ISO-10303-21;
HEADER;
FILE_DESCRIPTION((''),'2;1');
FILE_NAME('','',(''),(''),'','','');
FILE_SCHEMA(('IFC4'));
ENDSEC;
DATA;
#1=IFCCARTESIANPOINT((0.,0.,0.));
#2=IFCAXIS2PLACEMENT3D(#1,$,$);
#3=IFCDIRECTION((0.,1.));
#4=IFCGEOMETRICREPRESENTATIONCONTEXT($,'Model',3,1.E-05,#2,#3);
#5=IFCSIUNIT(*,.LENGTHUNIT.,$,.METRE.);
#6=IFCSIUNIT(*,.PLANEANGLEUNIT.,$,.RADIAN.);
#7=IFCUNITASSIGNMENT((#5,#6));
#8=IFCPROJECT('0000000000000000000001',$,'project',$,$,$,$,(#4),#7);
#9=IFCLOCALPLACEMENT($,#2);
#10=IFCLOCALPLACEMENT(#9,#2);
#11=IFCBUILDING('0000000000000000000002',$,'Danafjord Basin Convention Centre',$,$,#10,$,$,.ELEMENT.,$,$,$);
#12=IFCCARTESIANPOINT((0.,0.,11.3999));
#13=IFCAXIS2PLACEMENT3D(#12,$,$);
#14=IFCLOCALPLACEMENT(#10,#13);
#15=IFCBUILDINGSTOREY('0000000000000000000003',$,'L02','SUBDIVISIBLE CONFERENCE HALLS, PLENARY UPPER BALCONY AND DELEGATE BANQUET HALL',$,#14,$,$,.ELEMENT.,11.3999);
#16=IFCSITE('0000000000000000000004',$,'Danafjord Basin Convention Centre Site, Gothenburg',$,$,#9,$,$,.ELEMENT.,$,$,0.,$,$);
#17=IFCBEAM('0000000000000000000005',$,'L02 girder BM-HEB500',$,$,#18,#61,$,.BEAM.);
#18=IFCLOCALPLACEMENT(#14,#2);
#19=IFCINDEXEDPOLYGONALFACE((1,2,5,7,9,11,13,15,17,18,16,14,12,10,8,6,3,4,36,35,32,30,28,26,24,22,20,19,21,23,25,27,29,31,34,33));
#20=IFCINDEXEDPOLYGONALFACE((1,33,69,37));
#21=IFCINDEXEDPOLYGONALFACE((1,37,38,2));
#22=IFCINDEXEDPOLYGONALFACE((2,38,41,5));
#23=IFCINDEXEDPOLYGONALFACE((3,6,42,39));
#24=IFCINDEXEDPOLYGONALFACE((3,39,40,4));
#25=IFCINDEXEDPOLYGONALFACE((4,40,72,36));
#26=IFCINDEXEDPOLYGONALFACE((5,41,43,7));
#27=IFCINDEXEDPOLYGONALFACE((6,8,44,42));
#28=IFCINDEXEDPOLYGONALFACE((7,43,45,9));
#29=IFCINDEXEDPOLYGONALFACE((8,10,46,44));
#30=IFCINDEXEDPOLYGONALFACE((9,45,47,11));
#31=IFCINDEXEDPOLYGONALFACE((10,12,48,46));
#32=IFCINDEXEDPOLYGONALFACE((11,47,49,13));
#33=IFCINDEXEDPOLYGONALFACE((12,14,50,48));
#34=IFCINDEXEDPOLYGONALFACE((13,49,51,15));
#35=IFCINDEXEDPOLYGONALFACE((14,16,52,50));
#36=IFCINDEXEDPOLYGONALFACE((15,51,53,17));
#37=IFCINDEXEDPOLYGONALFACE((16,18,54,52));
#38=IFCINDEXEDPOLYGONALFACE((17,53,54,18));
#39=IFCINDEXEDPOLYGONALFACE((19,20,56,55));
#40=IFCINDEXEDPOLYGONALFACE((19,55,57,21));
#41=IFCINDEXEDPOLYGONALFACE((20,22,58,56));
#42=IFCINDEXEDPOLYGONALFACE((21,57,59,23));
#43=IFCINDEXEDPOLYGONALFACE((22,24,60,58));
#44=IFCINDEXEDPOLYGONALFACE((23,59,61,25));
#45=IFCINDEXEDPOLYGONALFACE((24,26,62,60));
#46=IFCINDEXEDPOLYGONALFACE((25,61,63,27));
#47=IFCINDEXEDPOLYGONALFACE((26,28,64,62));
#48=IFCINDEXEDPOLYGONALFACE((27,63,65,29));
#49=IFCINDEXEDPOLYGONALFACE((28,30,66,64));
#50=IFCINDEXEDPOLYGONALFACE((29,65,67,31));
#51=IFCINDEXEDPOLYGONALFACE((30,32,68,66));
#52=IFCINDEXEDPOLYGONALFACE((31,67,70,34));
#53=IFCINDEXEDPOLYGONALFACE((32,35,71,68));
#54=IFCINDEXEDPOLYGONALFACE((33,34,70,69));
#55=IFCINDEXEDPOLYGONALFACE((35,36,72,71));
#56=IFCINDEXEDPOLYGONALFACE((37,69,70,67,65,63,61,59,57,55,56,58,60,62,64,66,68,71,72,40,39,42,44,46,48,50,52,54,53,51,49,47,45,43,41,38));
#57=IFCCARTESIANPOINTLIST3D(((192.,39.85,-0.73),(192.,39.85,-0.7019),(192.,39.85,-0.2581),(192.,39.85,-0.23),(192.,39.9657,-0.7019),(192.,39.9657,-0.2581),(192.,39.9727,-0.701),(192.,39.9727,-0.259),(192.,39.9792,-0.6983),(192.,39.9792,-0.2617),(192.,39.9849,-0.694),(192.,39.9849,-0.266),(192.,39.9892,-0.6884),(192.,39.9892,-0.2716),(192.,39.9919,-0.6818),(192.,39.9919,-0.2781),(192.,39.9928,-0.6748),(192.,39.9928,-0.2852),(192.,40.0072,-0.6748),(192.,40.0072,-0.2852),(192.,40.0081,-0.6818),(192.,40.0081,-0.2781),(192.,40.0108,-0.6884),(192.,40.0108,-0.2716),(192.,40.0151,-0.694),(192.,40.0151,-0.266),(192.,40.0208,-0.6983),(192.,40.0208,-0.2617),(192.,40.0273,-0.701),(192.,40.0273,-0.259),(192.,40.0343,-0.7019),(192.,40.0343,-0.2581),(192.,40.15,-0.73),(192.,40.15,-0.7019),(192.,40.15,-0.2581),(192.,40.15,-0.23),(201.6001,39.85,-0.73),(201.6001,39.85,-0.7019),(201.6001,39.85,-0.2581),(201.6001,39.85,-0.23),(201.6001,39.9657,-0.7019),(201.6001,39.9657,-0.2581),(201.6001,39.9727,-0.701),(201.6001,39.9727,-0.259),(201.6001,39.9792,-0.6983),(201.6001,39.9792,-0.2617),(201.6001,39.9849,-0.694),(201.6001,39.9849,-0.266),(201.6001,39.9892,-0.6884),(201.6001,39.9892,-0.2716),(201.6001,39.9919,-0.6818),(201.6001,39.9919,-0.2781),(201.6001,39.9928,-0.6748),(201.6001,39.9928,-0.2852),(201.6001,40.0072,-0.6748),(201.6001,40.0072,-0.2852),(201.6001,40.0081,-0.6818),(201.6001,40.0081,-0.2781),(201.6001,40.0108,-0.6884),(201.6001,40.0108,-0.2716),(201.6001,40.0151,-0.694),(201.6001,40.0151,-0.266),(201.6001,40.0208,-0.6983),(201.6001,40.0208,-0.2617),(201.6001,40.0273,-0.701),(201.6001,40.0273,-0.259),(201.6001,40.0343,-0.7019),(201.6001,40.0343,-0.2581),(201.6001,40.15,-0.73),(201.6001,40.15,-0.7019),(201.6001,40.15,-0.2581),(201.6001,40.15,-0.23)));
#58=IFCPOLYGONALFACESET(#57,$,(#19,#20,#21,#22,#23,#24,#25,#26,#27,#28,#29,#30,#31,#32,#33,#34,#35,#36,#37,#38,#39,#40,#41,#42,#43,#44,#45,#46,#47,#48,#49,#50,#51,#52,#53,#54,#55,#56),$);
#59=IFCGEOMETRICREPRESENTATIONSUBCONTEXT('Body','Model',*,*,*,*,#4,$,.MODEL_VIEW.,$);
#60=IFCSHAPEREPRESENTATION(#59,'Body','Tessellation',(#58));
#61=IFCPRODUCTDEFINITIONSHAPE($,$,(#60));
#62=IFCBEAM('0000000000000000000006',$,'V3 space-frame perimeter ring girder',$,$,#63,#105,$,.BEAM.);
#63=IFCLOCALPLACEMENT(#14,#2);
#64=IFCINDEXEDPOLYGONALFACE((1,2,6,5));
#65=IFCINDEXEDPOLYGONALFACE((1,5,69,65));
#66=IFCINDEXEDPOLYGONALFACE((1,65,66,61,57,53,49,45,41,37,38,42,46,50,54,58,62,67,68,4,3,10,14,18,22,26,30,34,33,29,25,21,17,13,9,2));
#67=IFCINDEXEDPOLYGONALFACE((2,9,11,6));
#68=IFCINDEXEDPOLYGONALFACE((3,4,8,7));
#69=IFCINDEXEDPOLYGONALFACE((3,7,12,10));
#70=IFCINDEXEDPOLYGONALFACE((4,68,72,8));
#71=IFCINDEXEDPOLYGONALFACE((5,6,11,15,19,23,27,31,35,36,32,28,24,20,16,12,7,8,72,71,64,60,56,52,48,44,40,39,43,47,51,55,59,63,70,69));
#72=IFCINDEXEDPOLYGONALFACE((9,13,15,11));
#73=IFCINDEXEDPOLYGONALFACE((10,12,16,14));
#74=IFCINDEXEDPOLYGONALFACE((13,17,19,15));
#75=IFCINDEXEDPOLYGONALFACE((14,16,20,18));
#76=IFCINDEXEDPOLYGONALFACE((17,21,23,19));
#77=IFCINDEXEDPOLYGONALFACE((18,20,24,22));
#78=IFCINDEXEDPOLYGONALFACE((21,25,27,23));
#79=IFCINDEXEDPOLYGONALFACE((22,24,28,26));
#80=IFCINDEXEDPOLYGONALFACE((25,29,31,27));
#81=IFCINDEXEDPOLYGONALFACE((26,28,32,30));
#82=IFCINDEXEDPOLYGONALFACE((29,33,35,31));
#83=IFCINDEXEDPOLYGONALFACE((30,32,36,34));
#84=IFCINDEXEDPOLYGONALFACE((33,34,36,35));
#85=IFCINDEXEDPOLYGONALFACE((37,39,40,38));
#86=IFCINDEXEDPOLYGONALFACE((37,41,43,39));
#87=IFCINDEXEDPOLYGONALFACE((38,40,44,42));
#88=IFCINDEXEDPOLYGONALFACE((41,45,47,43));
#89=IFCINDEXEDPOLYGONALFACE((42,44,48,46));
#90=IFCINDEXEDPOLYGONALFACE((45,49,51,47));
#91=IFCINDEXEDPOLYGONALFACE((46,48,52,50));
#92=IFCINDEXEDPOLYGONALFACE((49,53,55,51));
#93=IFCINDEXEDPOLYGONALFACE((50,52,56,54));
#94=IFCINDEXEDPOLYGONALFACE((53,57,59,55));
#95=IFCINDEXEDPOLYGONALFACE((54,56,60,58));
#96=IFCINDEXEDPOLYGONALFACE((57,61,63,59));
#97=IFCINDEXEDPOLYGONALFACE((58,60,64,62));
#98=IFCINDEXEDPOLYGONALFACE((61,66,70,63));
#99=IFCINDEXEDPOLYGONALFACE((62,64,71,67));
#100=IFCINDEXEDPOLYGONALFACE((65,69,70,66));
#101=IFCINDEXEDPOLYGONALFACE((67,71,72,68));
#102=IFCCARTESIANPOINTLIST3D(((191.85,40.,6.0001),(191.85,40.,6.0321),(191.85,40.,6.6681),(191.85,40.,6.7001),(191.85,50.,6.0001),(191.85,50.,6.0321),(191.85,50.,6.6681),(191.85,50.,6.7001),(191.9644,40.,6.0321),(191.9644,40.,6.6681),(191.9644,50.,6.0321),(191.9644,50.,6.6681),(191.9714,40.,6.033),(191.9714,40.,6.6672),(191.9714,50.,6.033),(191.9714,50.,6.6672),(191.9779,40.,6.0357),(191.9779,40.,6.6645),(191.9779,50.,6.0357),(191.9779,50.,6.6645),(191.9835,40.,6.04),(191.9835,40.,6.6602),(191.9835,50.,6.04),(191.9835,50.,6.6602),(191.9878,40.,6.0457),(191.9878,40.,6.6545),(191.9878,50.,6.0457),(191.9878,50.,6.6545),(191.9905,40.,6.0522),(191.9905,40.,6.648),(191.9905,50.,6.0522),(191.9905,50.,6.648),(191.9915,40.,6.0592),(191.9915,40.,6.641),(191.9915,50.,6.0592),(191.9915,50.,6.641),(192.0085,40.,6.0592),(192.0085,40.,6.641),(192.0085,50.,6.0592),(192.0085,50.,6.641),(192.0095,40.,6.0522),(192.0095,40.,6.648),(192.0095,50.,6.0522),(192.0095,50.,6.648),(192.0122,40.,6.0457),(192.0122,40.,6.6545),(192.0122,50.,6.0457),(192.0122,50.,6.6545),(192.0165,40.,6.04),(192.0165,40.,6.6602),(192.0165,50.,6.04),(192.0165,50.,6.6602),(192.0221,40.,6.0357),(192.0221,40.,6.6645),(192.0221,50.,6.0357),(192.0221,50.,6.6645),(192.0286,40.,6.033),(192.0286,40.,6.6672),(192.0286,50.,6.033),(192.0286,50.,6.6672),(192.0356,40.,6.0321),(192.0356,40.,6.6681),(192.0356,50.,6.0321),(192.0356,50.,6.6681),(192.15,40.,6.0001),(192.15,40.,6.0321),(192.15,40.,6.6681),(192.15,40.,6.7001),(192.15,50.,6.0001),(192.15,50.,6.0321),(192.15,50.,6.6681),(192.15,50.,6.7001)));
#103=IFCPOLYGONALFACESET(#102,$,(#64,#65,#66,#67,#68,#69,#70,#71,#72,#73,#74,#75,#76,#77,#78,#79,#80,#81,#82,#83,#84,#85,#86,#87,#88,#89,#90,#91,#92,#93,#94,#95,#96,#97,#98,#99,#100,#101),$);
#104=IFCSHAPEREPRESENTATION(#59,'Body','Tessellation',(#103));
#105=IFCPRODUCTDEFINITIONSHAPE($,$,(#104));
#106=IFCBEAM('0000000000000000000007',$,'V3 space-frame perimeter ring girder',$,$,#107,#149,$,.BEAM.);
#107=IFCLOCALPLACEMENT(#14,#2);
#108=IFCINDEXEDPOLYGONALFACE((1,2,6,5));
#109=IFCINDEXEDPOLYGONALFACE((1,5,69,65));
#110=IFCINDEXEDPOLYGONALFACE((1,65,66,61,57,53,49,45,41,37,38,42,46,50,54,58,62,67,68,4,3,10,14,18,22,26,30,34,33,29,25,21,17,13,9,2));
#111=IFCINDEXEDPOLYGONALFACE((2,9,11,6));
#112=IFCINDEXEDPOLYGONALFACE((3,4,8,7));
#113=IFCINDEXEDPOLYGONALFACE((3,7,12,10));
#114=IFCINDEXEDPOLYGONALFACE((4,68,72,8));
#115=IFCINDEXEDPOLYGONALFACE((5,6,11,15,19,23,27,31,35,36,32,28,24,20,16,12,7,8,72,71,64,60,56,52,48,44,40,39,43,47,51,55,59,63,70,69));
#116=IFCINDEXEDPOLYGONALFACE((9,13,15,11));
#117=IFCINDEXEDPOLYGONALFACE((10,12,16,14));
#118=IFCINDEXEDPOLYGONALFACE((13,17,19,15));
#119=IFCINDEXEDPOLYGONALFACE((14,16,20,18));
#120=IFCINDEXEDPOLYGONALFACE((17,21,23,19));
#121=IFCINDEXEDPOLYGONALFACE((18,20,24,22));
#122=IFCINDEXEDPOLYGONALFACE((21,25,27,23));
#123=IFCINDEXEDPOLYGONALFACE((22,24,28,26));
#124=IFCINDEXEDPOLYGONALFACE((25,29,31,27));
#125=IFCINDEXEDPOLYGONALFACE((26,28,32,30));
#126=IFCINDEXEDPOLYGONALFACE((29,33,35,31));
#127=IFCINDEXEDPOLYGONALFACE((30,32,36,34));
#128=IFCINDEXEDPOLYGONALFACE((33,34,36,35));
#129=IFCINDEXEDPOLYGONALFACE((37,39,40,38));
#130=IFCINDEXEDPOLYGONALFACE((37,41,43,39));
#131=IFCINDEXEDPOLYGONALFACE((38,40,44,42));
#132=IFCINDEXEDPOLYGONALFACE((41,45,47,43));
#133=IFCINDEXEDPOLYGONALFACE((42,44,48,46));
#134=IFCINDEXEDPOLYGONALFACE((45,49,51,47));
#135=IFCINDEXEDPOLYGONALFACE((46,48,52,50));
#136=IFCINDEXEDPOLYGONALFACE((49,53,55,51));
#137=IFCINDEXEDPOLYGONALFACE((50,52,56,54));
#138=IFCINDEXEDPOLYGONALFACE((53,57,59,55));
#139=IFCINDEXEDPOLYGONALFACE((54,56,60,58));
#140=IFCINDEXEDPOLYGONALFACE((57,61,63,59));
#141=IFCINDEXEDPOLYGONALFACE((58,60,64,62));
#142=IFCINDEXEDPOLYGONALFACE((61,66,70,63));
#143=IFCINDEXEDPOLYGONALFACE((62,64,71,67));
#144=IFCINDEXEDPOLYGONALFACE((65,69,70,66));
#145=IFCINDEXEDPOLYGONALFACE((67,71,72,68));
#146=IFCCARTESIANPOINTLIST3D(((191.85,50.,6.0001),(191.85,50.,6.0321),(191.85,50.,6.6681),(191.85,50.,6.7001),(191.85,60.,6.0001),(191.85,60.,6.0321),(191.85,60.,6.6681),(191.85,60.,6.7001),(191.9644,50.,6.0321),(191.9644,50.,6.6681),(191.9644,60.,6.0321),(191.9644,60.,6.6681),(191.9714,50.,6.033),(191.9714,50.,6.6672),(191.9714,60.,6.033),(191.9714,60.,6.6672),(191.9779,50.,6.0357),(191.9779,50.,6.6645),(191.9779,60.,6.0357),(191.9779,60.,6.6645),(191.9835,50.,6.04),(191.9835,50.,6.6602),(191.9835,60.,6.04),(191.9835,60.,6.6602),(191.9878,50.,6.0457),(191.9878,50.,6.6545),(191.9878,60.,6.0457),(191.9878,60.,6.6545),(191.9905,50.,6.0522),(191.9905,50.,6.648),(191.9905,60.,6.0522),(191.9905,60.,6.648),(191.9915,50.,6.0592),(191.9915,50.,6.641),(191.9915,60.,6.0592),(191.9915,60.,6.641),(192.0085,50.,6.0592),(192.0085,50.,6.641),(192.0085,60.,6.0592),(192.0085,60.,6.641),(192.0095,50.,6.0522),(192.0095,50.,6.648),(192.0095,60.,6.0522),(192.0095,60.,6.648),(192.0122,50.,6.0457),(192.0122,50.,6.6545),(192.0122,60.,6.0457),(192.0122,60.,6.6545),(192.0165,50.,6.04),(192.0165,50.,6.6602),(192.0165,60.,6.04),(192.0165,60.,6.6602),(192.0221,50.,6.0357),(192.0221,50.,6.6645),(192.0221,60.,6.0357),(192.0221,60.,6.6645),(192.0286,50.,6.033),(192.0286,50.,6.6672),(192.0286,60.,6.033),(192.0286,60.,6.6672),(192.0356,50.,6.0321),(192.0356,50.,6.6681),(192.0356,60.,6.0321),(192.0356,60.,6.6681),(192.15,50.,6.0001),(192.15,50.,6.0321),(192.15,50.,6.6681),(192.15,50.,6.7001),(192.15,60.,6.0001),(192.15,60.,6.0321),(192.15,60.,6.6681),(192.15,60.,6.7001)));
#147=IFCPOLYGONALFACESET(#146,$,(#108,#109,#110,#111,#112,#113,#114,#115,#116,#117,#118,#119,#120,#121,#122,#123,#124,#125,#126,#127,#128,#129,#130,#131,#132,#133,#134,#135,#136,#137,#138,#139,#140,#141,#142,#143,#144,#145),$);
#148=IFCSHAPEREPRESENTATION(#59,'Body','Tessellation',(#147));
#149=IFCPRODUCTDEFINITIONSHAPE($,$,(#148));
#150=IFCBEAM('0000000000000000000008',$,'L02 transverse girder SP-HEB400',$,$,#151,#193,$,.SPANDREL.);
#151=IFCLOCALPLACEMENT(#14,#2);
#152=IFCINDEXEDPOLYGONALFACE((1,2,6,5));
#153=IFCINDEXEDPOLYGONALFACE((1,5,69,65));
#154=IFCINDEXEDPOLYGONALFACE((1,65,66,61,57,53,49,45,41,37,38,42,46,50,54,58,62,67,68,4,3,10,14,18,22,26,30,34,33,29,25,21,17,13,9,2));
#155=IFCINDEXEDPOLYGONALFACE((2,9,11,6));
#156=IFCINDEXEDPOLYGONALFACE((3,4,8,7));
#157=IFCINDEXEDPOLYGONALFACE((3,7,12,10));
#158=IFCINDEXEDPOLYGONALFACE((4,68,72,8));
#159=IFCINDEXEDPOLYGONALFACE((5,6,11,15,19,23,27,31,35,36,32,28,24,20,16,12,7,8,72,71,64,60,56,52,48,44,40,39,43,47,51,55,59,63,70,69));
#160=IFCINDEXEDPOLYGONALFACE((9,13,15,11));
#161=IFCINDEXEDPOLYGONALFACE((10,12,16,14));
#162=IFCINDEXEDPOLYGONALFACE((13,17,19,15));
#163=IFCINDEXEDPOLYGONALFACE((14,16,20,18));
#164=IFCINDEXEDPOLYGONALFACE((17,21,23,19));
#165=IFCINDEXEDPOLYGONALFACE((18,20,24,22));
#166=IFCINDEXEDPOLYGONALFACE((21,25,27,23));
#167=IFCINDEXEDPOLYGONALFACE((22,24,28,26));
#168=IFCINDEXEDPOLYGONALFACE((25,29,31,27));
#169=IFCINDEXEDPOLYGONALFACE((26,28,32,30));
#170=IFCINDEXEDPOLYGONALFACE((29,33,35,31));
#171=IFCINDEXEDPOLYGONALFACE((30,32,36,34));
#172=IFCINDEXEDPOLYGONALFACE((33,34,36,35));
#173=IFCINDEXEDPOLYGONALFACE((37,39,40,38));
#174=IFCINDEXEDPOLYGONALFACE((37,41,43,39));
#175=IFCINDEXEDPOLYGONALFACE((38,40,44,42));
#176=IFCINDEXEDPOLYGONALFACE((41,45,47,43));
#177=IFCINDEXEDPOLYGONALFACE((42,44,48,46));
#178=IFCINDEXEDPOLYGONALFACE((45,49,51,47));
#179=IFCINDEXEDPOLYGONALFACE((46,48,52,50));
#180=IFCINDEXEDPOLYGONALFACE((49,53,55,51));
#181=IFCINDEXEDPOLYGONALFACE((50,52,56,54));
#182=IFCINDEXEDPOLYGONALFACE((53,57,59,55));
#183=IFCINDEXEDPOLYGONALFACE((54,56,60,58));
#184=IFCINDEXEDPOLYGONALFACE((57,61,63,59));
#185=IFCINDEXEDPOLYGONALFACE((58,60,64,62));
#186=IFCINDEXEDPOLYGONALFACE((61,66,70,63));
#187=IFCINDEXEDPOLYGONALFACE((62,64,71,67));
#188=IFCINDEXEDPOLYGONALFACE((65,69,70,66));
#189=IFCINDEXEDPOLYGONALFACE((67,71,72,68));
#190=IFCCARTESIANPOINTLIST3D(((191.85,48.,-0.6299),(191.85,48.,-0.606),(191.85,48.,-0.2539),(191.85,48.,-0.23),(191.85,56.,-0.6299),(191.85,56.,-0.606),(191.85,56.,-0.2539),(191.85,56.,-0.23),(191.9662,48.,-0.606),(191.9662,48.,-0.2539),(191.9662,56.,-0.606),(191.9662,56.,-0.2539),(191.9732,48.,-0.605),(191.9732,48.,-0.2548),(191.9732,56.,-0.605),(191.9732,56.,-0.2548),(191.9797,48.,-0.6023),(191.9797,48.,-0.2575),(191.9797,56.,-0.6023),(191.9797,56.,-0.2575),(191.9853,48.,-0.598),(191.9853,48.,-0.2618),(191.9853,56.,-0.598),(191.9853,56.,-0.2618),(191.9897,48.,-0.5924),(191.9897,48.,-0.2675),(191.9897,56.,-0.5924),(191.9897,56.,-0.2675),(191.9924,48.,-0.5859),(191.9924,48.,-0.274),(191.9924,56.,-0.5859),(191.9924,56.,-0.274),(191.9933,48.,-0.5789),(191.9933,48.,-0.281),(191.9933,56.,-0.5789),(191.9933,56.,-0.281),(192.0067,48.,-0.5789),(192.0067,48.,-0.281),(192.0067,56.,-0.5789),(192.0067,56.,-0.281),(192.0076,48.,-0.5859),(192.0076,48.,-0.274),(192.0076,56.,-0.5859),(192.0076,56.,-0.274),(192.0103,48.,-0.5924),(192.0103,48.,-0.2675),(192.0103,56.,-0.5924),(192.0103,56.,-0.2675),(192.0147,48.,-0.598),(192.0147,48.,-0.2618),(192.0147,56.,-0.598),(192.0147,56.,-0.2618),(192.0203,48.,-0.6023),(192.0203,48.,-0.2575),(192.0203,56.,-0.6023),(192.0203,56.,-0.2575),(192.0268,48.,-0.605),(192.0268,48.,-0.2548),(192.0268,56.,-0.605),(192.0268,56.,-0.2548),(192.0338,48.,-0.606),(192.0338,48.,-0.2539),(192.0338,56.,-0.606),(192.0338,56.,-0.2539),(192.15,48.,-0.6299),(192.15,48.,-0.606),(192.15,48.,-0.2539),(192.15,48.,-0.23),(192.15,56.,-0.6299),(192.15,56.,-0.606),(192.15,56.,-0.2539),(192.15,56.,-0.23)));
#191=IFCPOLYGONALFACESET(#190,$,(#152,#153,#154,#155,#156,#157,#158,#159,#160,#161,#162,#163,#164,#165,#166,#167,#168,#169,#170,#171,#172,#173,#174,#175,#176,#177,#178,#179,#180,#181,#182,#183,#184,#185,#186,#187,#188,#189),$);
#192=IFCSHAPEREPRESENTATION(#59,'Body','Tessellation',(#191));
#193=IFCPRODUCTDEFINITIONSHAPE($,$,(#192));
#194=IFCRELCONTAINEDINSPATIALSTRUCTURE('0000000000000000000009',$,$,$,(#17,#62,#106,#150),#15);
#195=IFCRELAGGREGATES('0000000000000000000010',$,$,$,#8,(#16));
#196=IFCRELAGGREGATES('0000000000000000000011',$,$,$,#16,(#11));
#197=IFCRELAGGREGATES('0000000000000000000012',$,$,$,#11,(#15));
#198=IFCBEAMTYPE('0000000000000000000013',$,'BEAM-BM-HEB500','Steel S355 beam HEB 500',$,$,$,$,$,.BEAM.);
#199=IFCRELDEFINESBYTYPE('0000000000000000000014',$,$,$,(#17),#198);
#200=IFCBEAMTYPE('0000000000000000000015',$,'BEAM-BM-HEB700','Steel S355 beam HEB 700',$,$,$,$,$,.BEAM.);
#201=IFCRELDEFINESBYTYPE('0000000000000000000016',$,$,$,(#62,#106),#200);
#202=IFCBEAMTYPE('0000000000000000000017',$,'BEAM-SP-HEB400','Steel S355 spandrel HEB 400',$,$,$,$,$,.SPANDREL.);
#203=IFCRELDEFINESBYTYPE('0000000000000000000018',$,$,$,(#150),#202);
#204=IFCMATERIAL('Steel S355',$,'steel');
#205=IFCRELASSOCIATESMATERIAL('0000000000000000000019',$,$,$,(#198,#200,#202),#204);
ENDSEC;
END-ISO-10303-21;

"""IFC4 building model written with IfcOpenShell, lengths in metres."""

from ifc_helpers import new_model, si_unit, direction, frame, origin, origin_2d, place, context, subcontext, project, spatial, i_section, extrude, material, material_profile, profile_set, type_object, element, save


model = new_model("IFC4")

# Units and contexts
model_context = context("Model", 3, precision=1e-05, world=origin(), true_north=direction((0.0, 1.0)))
body_context = subcontext(model_context, "Body", "Model", "MODEL_VIEW")
ifc_project = project(units=[si_unit("LENGTHUNIT", "METRE"), si_unit("PLANEANGLEUNIT", "RADIAN")], contexts=[model_context])

# Site, building, storey
site_placement = place(None, origin())
site = spatial("IfcSite", under=ifc_project, at=site_placement, Name="Danafjord Basin Convention Centre Site, Gothenburg", CompositionType="ELEMENT", RefElevation=0.0)
building_placement = place(site_placement, origin())
building = spatial("IfcBuilding", under=site, at=building_placement, Name="Danafjord Basin Convention Centre", CompositionType="ELEMENT")
storey_placement = place(building_placement, frame((0.0, 0.0, 11.3999)))
storey = spatial("IfcBuildingStorey", under=building, at=storey_placement, Name="L02", Description="SUBDIVISIBLE CONFERENCE HALLS, PLENARY UPPER BALCONY AND DELEGATE BANQUET HALL", CompositionType="ELEMENT", Elevation=11.3999)

# Shared definitions
ifc_material = material(Name="Steel S355", Category="steel")

# Beams
ifc_material_profile_1 = material_profile(ifc_material, i_section(OverallWidth=0.3, OverallDepth=0.5, WebThickness=0.0144, FlangeThickness=0.0281, FilletRadius=0.0271, at=origin_2d()), Name="HEB 500")
ifc_profile_set_1 = profile_set([ifc_material_profile_1], Name="Steel S355")
beam_type_1 = type_object("IfcBeamType", Name="BEAM-BM-HEB500", Description="Steel S355 beam HEB 500", PredefinedType="BEAM", material=ifc_profile_set_1)
beam_1_placement = place(storey_placement, frame((192.0, 40.0, -0.48), z_axis=(1.0, 0.0, 0.0), x_axis=(0.0, 1.0, 0.0)))
element("IfcBeam", 1, at=beam_1_placement, inside=storey, type_object=beam_type_1, Name="L02 girder BM-HEB500", PredefinedType="BEAM", context=body_context, shape_type="SweptSolid", body=[
    extrude(i_section(OverallWidth=0.3, OverallDepth=0.5, WebThickness=0.0144, FlangeThickness=0.0281, FilletRadius=0.0271, at=origin_2d()), origin(), (0.0, 0.0, 1.0), 9.6001),
])
ifc_material_profile_2 = material_profile(ifc_material, i_section(OverallWidth=0.3, OverallDepth=0.7, WebThickness=0.0171, FlangeThickness=0.032, FilletRadius=0.0271, at=origin_2d()), Name="HEB 700")
ifc_profile_set_2 = profile_set([ifc_material_profile_2], Name="Steel S355")
beam_type_2 = type_object("IfcBeamType", Name="BEAM-BM-HEB700", Description="Steel S355 beam HEB 700", PredefinedType="BEAM", material=ifc_profile_set_2)
for number, where, z_axis, x_axis, name in (
    (2, (192.0, 40.0, 6.3501), (0.0, 1.0, 0.0), (-1.0, 0.0, 0.0), "V3 space-frame perimeter ring girder"),
    (3, (192.0, 50.0, 6.3501), (0.0, 1.0, 0.0), (-1.0, 0.0, 0.0), "V3 space-frame perimeter ring girder"),
):
    element("IfcBeam", number, at=place(storey_placement, frame(where, z_axis=z_axis, x_axis=x_axis)), inside=storey, type_object=beam_type_2, Name=name, PredefinedType="BEAM", context=body_context, shape_type="SweptSolid", body=[
        extrude(i_section(OverallWidth=0.3, OverallDepth=0.7, WebThickness=0.0171, FlangeThickness=0.032, FilletRadius=0.0271, at=origin_2d()), origin(), (0.0, 0.0, 1.0), 10.0),
    ])
ifc_material_profile_3 = material_profile(ifc_material, i_section(OverallWidth=0.3, OverallDepth=0.3999, WebThickness=0.0134, FlangeThickness=0.0239, FilletRadius=0.0271, at=origin_2d()), Name="HEB 400")
ifc_profile_set_3 = profile_set([ifc_material_profile_3], Name="Steel S355")
beam_type_3 = type_object("IfcBeamType", Name="BEAM-SP-HEB400", Description="Steel S355 spandrel HEB 400", PredefinedType="SPANDREL", material=ifc_profile_set_3)
beam_2_placement = place(storey_placement, frame((192.0, 48.0, -0.4299), z_axis=(0.0, 1.0, 0.0), x_axis=(-1.0, 0.0, 0.0)))
element("IfcBeam", 4, at=beam_2_placement, inside=storey, type_object=beam_type_3, Name="L02 transverse girder SP-HEB400", PredefinedType="SPANDREL", context=body_context, shape_type="SweptSolid", body=[
    extrude(i_section(OverallWidth=0.3, OverallDepth=0.3999, WebThickness=0.0134, FlangeThickness=0.0239, FilletRadius=0.0271, at=origin_2d()), origin(), (0.0, 0.0, 1.0), 8.0),
])

save(model, "model.ifc")
